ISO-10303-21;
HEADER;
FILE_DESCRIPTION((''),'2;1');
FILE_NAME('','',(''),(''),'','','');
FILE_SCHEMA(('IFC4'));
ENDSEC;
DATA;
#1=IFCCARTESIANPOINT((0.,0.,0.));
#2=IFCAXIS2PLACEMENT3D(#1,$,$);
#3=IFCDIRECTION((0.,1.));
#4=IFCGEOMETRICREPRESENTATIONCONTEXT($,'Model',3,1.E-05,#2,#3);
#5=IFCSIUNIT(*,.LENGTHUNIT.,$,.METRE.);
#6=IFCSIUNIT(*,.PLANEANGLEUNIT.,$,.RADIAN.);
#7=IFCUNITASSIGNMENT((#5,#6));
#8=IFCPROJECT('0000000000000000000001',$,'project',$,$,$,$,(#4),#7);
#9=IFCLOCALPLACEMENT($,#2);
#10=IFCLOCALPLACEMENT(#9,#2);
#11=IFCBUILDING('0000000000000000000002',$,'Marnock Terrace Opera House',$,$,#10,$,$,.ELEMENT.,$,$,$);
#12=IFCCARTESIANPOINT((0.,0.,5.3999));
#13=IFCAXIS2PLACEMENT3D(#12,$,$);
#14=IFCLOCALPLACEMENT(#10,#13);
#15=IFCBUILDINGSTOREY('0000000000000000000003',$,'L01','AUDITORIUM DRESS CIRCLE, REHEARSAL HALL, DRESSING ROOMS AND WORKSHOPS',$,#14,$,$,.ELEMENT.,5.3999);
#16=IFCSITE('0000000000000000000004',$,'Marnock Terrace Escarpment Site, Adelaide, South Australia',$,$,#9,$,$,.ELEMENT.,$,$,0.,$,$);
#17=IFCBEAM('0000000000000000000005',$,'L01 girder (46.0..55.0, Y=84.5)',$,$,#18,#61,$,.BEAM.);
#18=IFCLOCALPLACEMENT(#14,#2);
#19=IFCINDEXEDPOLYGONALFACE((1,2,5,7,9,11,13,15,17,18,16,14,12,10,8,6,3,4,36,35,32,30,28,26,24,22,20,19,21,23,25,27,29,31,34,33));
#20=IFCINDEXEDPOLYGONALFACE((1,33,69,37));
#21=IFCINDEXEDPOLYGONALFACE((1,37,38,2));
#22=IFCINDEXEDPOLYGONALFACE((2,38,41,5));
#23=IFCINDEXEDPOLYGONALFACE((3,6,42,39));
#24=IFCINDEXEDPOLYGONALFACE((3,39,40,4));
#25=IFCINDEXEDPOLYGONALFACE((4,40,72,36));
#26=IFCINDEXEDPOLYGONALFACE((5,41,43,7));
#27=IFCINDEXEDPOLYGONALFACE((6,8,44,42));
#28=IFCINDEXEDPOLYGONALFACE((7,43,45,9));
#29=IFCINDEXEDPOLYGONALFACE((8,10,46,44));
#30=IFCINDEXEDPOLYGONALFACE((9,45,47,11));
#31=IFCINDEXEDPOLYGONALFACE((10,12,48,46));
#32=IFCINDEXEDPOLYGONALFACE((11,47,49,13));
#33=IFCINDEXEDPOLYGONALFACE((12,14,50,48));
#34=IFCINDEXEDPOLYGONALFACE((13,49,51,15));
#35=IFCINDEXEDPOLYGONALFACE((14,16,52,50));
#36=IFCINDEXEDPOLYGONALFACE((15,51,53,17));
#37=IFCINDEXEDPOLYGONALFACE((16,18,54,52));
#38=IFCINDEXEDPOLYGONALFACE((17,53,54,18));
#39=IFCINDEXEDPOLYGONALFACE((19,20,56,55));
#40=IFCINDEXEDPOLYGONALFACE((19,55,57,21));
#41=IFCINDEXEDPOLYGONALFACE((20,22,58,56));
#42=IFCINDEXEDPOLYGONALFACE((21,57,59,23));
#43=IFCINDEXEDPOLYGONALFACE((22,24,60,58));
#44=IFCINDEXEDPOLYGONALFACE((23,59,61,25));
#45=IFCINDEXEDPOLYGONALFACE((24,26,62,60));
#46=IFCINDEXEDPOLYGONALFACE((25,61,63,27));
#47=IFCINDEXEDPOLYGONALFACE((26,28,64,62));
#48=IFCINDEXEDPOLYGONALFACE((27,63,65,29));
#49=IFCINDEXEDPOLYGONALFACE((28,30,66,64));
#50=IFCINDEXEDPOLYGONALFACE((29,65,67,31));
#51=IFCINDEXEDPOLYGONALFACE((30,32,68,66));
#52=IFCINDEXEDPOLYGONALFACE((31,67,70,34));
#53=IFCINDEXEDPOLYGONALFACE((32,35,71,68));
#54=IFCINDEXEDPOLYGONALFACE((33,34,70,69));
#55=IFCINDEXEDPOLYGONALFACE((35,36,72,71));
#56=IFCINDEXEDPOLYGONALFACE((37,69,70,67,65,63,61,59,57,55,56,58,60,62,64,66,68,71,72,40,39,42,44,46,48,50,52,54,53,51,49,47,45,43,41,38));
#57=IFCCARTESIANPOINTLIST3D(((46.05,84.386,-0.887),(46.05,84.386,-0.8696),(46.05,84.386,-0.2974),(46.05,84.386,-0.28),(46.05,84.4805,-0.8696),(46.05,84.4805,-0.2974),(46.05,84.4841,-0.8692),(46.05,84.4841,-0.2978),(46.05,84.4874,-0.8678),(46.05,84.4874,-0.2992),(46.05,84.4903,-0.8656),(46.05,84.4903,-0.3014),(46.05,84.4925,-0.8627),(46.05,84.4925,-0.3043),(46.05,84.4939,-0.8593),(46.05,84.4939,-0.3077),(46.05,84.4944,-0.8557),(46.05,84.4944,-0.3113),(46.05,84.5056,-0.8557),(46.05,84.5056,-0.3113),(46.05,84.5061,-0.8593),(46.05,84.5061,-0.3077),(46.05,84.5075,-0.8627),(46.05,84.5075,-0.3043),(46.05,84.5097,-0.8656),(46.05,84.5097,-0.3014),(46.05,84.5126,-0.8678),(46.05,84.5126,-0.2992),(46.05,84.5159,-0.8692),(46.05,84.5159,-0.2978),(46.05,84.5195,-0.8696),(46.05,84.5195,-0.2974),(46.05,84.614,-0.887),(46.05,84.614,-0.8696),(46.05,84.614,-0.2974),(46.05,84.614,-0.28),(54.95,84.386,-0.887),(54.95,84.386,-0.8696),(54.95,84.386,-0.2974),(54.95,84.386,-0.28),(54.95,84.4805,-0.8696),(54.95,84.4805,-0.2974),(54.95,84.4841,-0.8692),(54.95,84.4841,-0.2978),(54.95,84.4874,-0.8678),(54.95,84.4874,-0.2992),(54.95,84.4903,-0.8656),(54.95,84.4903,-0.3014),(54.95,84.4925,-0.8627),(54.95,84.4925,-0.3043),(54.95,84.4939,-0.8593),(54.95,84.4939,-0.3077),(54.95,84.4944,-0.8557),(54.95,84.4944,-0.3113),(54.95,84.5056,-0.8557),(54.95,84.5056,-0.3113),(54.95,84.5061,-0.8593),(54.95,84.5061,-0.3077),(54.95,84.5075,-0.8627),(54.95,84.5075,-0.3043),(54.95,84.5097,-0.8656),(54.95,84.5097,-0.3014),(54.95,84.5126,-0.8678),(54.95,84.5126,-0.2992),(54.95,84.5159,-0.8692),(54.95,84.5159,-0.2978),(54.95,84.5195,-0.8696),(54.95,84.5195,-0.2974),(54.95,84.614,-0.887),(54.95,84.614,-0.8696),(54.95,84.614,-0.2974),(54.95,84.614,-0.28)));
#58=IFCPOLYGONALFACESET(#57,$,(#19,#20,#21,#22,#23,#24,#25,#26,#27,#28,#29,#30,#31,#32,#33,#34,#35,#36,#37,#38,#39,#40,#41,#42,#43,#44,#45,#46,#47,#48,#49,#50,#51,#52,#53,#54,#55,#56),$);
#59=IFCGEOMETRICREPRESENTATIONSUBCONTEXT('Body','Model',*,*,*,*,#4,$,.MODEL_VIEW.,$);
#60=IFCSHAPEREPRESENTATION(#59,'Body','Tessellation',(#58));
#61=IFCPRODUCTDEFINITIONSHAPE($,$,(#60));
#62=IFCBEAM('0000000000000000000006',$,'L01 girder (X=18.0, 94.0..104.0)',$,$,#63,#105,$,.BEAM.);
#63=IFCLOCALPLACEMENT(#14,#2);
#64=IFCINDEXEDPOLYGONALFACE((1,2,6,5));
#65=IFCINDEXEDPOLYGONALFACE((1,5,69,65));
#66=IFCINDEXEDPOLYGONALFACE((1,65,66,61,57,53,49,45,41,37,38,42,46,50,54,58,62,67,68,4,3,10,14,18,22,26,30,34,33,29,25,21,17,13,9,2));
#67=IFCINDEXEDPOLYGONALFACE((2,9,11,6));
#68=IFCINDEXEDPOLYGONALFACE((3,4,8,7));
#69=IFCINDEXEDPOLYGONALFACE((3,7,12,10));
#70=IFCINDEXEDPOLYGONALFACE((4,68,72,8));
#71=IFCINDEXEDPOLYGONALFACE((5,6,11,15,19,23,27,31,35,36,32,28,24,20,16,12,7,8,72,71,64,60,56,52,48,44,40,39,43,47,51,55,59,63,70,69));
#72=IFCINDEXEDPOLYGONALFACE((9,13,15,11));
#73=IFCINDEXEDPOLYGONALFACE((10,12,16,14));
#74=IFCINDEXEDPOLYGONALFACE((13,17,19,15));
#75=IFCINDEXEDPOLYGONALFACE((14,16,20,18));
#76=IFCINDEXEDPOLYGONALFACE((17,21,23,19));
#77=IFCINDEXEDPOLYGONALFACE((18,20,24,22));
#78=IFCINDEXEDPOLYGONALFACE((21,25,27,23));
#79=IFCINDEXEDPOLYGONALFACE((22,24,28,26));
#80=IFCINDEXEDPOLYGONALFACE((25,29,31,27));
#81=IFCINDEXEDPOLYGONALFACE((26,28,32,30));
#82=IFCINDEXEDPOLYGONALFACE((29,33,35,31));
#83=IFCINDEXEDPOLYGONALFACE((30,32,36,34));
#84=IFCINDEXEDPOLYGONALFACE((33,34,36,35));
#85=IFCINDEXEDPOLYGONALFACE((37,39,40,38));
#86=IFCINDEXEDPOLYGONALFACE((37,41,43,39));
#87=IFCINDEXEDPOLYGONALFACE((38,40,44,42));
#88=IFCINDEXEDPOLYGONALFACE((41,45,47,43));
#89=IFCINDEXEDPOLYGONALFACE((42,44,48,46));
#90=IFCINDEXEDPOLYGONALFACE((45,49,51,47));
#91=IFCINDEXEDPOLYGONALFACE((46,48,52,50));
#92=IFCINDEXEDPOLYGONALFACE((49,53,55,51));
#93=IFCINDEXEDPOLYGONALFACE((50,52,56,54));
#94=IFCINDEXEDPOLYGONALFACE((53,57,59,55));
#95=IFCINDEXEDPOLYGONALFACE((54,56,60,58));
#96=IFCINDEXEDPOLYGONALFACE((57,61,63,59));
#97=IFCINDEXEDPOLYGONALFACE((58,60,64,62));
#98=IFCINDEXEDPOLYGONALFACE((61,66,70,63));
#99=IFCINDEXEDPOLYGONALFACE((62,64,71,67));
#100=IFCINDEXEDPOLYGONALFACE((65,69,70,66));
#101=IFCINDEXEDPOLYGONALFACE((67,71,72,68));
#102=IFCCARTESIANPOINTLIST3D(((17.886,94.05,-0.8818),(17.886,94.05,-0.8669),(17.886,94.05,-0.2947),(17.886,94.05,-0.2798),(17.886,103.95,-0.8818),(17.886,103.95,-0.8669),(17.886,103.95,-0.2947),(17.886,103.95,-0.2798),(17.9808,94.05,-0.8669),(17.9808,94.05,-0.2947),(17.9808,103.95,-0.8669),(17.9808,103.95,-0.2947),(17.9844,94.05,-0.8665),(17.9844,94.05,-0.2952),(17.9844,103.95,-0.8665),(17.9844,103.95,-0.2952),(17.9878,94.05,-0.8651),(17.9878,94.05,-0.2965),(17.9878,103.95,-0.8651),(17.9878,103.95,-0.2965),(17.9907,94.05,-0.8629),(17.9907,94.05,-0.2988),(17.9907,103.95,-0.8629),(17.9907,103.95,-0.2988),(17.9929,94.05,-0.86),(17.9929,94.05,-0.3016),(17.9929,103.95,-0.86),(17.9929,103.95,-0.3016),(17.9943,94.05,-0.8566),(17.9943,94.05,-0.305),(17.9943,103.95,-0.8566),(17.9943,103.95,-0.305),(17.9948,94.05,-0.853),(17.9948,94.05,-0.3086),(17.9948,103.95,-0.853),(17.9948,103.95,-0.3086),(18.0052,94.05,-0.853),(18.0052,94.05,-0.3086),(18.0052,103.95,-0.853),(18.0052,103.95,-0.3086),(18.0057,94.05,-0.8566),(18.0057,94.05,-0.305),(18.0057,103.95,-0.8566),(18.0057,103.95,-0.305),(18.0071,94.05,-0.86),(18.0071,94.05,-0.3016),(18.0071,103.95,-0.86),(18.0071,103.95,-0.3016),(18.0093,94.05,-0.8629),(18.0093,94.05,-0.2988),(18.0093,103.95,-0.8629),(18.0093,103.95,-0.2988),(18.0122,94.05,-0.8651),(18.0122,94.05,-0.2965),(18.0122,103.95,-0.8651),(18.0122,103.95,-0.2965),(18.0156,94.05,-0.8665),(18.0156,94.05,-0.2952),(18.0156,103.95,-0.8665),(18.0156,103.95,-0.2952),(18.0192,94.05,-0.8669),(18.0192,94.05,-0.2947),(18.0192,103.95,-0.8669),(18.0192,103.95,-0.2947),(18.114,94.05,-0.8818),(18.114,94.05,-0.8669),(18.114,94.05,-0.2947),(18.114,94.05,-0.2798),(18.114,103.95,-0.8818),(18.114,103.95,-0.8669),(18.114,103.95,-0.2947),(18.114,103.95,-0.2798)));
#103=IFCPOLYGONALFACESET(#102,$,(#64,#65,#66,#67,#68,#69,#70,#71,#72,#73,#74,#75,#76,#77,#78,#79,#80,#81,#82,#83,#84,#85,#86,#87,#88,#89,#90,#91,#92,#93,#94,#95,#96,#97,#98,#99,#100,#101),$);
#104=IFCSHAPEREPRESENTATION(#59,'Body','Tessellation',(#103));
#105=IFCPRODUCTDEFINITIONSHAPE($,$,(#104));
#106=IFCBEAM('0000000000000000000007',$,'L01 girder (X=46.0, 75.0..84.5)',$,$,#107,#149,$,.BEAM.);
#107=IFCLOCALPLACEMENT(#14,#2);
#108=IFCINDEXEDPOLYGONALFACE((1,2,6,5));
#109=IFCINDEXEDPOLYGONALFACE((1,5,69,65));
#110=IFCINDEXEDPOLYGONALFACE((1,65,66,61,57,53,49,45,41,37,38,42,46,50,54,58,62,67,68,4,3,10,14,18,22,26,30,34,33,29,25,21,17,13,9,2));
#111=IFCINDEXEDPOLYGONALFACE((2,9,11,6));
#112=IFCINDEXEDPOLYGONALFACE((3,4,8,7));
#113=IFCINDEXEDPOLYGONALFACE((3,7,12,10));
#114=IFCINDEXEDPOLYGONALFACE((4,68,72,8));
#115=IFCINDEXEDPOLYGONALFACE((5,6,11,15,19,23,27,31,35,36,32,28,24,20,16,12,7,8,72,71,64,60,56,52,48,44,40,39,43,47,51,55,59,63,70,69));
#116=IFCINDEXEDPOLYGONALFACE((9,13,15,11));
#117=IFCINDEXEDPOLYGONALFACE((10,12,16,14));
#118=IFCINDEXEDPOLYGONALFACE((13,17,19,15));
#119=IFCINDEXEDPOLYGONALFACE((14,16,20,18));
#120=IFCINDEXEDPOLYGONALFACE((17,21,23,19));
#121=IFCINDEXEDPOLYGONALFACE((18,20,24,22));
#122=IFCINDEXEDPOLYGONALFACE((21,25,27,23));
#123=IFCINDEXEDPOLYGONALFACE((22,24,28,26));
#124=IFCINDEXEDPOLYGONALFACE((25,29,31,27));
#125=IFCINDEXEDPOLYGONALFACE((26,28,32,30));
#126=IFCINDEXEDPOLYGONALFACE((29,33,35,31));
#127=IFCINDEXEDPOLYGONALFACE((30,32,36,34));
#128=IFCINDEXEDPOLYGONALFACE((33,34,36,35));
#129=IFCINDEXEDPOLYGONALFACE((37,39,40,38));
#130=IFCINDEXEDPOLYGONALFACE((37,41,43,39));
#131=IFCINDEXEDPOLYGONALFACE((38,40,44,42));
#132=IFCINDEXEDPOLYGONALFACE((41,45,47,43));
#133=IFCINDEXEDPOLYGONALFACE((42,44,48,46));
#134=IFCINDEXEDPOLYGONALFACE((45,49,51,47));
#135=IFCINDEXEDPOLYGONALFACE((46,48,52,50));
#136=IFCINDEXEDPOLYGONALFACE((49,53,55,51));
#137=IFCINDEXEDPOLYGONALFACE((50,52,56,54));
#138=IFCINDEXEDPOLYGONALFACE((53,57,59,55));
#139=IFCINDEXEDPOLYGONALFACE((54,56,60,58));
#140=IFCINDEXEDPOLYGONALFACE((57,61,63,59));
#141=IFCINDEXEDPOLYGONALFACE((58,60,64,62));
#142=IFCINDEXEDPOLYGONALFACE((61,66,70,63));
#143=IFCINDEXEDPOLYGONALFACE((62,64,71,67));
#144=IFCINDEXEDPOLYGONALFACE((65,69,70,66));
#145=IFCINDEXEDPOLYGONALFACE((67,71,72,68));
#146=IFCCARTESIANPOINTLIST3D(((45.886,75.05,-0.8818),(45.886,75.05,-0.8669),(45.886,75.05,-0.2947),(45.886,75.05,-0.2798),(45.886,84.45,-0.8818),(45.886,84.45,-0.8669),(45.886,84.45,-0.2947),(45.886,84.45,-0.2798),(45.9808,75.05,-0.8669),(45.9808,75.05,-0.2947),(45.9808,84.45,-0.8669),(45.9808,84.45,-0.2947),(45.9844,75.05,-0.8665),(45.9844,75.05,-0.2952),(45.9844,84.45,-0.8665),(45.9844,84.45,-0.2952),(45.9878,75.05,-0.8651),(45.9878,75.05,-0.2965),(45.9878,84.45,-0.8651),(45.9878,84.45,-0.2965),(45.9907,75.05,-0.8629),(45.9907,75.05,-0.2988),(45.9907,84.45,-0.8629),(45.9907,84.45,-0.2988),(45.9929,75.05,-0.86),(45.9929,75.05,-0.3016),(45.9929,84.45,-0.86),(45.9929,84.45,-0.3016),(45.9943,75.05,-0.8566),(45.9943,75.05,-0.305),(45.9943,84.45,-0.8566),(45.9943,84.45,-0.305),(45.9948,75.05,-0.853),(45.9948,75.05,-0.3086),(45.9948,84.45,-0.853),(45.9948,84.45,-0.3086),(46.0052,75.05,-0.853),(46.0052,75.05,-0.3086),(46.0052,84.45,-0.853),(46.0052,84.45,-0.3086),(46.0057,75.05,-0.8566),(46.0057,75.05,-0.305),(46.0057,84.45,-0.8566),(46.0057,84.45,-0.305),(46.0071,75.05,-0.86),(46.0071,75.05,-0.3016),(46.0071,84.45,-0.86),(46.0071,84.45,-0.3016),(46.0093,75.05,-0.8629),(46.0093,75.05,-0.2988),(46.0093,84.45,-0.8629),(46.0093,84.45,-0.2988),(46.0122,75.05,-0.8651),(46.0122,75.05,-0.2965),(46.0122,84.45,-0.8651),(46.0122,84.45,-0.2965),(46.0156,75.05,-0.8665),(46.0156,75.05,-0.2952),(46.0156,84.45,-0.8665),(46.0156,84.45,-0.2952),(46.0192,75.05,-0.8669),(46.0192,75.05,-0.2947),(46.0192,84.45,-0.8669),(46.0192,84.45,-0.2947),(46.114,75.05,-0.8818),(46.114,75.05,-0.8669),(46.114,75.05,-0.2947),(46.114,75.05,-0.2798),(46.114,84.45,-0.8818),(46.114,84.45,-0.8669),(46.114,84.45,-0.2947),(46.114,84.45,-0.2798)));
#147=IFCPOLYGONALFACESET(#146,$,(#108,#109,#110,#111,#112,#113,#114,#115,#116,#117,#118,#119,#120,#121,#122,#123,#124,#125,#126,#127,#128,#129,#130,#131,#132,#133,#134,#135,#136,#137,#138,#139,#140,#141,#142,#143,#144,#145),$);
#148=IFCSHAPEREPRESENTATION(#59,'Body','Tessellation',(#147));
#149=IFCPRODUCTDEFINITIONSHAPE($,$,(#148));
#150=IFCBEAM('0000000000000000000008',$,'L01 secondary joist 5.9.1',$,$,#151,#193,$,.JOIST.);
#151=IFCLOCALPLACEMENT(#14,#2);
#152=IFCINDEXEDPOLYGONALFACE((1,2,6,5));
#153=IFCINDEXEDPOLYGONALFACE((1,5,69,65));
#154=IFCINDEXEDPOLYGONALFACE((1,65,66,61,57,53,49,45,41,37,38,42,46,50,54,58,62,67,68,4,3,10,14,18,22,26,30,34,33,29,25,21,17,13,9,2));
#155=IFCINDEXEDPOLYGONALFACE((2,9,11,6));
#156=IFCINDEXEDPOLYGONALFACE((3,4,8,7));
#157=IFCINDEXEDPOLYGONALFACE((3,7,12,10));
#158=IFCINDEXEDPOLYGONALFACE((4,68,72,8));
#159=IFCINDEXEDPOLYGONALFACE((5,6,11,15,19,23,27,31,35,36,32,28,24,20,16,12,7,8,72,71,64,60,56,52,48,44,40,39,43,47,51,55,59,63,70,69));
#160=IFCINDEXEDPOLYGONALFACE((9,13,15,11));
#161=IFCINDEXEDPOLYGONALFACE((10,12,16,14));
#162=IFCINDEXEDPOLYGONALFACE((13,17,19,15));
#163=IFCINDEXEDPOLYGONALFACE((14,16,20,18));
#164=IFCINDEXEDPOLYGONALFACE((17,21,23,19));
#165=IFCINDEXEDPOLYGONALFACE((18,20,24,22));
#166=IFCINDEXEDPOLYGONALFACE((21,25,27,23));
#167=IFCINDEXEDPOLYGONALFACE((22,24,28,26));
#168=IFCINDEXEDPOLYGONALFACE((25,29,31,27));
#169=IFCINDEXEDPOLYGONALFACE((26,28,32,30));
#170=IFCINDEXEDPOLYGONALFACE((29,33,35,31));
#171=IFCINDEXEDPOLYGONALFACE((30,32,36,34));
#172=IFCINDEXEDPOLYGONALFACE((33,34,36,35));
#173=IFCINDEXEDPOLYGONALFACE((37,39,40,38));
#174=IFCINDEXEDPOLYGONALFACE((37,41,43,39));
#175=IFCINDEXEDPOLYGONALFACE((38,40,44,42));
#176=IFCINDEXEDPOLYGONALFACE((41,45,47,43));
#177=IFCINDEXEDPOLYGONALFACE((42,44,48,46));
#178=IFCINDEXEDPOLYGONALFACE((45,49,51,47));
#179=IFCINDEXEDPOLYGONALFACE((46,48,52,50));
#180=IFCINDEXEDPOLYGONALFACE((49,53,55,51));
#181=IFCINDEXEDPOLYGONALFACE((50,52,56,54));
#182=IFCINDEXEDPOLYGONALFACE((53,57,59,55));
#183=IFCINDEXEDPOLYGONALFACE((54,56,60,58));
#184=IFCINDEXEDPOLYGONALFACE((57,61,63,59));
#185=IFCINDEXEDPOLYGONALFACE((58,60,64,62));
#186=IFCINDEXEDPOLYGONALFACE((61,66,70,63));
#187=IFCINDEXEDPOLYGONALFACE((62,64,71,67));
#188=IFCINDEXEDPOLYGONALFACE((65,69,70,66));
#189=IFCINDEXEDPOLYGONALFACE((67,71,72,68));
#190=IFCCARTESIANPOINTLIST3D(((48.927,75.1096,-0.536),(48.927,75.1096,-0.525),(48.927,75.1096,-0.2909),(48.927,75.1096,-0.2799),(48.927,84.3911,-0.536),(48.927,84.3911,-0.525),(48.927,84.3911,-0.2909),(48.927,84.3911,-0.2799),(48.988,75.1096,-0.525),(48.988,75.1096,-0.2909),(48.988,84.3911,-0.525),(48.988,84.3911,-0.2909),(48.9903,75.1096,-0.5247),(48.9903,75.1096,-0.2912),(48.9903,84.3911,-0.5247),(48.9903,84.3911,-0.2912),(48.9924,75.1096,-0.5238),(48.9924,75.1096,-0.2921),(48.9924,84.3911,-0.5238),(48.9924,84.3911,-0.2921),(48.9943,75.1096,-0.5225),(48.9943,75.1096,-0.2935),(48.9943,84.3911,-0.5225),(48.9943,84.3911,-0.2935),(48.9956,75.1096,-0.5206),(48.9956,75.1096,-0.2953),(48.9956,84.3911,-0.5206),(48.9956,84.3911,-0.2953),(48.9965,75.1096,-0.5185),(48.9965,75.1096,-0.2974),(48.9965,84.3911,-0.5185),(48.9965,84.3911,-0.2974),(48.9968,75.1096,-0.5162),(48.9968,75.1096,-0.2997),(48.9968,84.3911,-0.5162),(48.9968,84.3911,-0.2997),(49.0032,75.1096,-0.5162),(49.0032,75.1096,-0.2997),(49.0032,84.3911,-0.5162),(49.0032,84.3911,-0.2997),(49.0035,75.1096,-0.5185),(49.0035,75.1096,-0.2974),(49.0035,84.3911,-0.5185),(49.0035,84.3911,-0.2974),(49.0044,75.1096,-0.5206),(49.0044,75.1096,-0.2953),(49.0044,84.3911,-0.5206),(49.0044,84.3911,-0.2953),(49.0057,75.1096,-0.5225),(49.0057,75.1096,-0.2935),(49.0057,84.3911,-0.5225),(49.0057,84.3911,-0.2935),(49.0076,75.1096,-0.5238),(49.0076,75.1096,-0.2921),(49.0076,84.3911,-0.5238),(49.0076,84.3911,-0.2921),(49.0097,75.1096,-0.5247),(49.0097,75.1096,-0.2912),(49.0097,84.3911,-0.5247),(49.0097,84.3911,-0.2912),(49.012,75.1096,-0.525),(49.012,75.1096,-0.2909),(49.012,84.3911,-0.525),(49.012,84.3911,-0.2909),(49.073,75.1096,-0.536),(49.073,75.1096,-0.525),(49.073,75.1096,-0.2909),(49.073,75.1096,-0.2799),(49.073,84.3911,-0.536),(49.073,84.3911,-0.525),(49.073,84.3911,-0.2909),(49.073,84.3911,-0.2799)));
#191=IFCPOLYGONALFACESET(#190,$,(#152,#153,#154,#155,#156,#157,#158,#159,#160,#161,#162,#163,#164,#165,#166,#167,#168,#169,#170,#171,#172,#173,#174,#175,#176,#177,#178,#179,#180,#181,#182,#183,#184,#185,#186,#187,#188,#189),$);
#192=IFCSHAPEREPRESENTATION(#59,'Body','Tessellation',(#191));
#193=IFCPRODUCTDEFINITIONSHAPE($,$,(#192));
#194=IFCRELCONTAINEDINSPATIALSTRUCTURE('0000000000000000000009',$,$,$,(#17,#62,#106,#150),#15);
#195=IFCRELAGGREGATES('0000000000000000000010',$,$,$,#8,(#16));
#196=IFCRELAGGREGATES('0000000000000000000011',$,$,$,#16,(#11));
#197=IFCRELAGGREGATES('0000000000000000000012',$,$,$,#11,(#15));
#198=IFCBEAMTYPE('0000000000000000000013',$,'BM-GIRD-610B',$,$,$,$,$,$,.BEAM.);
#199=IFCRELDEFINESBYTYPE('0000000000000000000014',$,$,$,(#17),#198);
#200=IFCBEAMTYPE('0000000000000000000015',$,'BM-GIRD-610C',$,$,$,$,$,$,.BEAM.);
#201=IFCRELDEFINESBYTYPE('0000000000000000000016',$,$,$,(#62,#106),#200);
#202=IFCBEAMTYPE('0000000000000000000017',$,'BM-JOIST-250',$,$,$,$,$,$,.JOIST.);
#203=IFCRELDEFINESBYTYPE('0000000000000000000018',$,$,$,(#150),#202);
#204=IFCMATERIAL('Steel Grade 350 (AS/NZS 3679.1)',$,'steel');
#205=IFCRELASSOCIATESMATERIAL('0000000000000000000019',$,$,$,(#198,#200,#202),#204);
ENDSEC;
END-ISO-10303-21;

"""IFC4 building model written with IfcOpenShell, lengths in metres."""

from ifc_helpers import new_model, si_unit, direction, frame, origin, origin_2d, place, context, subcontext, project, spatial, i_section, extrude, material, material_profile, profile_set, type_object, element, save


model = new_model("IFC4")

# Units and contexts
model_context = context("Model", 3, precision=1e-05, world=origin(), true_north=direction((0.0, 1.0)))
body_context = subcontext(model_context, "Body", "Model", "MODEL_VIEW")
ifc_project = project(units=[si_unit("LENGTHUNIT", "METRE"), si_unit("PLANEANGLEUNIT", "RADIAN")], contexts=[model_context])

# Site, building, storey
site_placement = place(None, origin())
site = spatial("IfcSite", under=ifc_project, at=site_placement, Name="Marnock Terrace Escarpment Site, Adelaide, South Australia", CompositionType="ELEMENT", RefElevation=0.0)
building_placement = place(site_placement, origin())
building = spatial("IfcBuilding", under=site, at=building_placement, Name="Marnock Terrace Opera House", CompositionType="ELEMENT")
storey_placement = place(building_placement, frame((0.0, 0.0, 5.3999)))
storey = spatial("IfcBuildingStorey", under=building, at=storey_placement, Name="L01", Description="AUDITORIUM DRESS CIRCLE, REHEARSAL HALL, DRESSING ROOMS AND WORKSHOPS", CompositionType="ELEMENT", Elevation=5.3999)

# Shared definitions
ifc_material_1 = material(Name="Steel Grade 350 (AS/NZS 3679.1)", Category="steel")

# Beams
ifc_material_profile_1 = material_profile(ifc_material_1, i_section(OverallWidth=0.228, OverallDepth=0.6069, WebThickness=0.0112, FlangeThickness=0.0173, FilletRadius=0.0139, at=origin_2d()))
ifc_profile_set_1 = profile_set([ifc_material_profile_1], Name="Steel Grade 350 (AS/NZS 3679.1)")
beam_type_1 = type_object("IfcBeamType", Name="BM-GIRD-610B", PredefinedType="BEAM", material=ifc_profile_set_1)
beam_1_placement = place(storey_placement, frame((46.05, 84.5, -0.5835), z_axis=(1.0, 0.0, 0.0), x_axis=(0.0, 1.0, 0.0)))
element("IfcBeam", 1, at=beam_1_placement, inside=storey, type_object=beam_type_1, Name="L01 girder (46.0..55.0, Y=84.5)", PredefinedType="BEAM", context=body_context, shape_type="SweptSolid", body=[
    extrude(i_section(OverallWidth=0.228, OverallDepth=0.6069, WebThickness=0.0112, FlangeThickness=0.0173, FilletRadius=0.0139, at=origin_2d()), origin(), (0.0, 0.0, 1.0), 8.8999),
])
ifc_material_profile_2 = material_profile(ifc_material_1, i_section(OverallWidth=0.228, OverallDepth=0.6021, WebThickness=0.0105, FlangeThickness=0.0149, FilletRadius=0.0139, at=origin_2d()))
ifc_profile_set_2 = profile_set([ifc_material_profile_2], Name="Steel Grade 350 (AS/NZS 3679.1)")
beam_type_2 = type_object("IfcBeamType", Name="BM-GIRD-610C", PredefinedType="BEAM", material=ifc_profile_set_2)
beam_2_placement = place(storey_placement, frame((18.0, 94.05, -0.5808), z_axis=(0.0, 1.0, 0.0), x_axis=(-1.0, 0.0, 0.0)))
element("IfcBeam", 2, at=beam_2_placement, inside=storey, type_object=beam_type_2, Name="L01 girder (X=18.0, 94.0..104.0)", PredefinedType="BEAM", context=body_context, shape_type="SweptSolid", body=[
    extrude(i_section(OverallWidth=0.228, OverallDepth=0.6021, WebThickness=0.0105, FlangeThickness=0.0149, FilletRadius=0.0139, at=origin_2d()), origin(), (0.0, 0.0, 1.0), 9.8999),
])
beam_3_placement = place(storey_placement, frame((46.0, 75.05, -0.5808), z_axis=(0.0, 1.0, 0.0), x_axis=(-1.0, 0.0, 0.0)))
element("IfcBeam", 3, at=beam_3_placement, inside=storey, type_object=beam_type_2, Name="L01 girder (X=46.0, 75.0..84.5)", PredefinedType="BEAM", context=body_context, shape_type="SweptSolid", body=[
    extrude(i_section(OverallWidth=0.228, OverallDepth=0.6021, WebThickness=0.0105, FlangeThickness=0.0149, FilletRadius=0.0139, at=origin_2d()), origin(), (0.0, 0.0, 1.0), 9.3999),
])
ifc_material_profile_3 = material_profile(ifc_material_1, i_section(OverallWidth=0.146, OverallDepth=0.2561, WebThickness=0.0063, FlangeThickness=0.011, FilletRadius=0.0088, at=origin_2d()))
ifc_profile_set_3 = profile_set([ifc_material_profile_3], Name="Steel Grade 350 (AS/NZS 3679.1)")
beam_type_3 = type_object("IfcBeamType", Name="BM-JOIST-250", PredefinedType="JOIST", material=ifc_profile_set_3)
for number, where, z_axis, x_axis, name in (
    (4, (49.0, 75.1096, -0.408), (0.0, 1.0, 0.0), (-1.0, 0.0, 0.0), "L01 secondary joist 5.9.1"),
):
    element("IfcBeam", number, at=place(storey_placement, frame(where, z_axis=z_axis, x_axis=x_axis)), inside=storey, type_object=beam_type_3, Name=name, PredefinedType="JOIST", context=body_context, shape_type="SweptSolid", body=[
        extrude(i_section(OverallWidth=0.146, OverallDepth=0.2561, WebThickness=0.0063, FlangeThickness=0.011, FilletRadius=0.0088, at=origin_2d()), origin(), (0.0, 0.0, 1.0), 9.2815),
    ])

save(model, "model.ifc")
